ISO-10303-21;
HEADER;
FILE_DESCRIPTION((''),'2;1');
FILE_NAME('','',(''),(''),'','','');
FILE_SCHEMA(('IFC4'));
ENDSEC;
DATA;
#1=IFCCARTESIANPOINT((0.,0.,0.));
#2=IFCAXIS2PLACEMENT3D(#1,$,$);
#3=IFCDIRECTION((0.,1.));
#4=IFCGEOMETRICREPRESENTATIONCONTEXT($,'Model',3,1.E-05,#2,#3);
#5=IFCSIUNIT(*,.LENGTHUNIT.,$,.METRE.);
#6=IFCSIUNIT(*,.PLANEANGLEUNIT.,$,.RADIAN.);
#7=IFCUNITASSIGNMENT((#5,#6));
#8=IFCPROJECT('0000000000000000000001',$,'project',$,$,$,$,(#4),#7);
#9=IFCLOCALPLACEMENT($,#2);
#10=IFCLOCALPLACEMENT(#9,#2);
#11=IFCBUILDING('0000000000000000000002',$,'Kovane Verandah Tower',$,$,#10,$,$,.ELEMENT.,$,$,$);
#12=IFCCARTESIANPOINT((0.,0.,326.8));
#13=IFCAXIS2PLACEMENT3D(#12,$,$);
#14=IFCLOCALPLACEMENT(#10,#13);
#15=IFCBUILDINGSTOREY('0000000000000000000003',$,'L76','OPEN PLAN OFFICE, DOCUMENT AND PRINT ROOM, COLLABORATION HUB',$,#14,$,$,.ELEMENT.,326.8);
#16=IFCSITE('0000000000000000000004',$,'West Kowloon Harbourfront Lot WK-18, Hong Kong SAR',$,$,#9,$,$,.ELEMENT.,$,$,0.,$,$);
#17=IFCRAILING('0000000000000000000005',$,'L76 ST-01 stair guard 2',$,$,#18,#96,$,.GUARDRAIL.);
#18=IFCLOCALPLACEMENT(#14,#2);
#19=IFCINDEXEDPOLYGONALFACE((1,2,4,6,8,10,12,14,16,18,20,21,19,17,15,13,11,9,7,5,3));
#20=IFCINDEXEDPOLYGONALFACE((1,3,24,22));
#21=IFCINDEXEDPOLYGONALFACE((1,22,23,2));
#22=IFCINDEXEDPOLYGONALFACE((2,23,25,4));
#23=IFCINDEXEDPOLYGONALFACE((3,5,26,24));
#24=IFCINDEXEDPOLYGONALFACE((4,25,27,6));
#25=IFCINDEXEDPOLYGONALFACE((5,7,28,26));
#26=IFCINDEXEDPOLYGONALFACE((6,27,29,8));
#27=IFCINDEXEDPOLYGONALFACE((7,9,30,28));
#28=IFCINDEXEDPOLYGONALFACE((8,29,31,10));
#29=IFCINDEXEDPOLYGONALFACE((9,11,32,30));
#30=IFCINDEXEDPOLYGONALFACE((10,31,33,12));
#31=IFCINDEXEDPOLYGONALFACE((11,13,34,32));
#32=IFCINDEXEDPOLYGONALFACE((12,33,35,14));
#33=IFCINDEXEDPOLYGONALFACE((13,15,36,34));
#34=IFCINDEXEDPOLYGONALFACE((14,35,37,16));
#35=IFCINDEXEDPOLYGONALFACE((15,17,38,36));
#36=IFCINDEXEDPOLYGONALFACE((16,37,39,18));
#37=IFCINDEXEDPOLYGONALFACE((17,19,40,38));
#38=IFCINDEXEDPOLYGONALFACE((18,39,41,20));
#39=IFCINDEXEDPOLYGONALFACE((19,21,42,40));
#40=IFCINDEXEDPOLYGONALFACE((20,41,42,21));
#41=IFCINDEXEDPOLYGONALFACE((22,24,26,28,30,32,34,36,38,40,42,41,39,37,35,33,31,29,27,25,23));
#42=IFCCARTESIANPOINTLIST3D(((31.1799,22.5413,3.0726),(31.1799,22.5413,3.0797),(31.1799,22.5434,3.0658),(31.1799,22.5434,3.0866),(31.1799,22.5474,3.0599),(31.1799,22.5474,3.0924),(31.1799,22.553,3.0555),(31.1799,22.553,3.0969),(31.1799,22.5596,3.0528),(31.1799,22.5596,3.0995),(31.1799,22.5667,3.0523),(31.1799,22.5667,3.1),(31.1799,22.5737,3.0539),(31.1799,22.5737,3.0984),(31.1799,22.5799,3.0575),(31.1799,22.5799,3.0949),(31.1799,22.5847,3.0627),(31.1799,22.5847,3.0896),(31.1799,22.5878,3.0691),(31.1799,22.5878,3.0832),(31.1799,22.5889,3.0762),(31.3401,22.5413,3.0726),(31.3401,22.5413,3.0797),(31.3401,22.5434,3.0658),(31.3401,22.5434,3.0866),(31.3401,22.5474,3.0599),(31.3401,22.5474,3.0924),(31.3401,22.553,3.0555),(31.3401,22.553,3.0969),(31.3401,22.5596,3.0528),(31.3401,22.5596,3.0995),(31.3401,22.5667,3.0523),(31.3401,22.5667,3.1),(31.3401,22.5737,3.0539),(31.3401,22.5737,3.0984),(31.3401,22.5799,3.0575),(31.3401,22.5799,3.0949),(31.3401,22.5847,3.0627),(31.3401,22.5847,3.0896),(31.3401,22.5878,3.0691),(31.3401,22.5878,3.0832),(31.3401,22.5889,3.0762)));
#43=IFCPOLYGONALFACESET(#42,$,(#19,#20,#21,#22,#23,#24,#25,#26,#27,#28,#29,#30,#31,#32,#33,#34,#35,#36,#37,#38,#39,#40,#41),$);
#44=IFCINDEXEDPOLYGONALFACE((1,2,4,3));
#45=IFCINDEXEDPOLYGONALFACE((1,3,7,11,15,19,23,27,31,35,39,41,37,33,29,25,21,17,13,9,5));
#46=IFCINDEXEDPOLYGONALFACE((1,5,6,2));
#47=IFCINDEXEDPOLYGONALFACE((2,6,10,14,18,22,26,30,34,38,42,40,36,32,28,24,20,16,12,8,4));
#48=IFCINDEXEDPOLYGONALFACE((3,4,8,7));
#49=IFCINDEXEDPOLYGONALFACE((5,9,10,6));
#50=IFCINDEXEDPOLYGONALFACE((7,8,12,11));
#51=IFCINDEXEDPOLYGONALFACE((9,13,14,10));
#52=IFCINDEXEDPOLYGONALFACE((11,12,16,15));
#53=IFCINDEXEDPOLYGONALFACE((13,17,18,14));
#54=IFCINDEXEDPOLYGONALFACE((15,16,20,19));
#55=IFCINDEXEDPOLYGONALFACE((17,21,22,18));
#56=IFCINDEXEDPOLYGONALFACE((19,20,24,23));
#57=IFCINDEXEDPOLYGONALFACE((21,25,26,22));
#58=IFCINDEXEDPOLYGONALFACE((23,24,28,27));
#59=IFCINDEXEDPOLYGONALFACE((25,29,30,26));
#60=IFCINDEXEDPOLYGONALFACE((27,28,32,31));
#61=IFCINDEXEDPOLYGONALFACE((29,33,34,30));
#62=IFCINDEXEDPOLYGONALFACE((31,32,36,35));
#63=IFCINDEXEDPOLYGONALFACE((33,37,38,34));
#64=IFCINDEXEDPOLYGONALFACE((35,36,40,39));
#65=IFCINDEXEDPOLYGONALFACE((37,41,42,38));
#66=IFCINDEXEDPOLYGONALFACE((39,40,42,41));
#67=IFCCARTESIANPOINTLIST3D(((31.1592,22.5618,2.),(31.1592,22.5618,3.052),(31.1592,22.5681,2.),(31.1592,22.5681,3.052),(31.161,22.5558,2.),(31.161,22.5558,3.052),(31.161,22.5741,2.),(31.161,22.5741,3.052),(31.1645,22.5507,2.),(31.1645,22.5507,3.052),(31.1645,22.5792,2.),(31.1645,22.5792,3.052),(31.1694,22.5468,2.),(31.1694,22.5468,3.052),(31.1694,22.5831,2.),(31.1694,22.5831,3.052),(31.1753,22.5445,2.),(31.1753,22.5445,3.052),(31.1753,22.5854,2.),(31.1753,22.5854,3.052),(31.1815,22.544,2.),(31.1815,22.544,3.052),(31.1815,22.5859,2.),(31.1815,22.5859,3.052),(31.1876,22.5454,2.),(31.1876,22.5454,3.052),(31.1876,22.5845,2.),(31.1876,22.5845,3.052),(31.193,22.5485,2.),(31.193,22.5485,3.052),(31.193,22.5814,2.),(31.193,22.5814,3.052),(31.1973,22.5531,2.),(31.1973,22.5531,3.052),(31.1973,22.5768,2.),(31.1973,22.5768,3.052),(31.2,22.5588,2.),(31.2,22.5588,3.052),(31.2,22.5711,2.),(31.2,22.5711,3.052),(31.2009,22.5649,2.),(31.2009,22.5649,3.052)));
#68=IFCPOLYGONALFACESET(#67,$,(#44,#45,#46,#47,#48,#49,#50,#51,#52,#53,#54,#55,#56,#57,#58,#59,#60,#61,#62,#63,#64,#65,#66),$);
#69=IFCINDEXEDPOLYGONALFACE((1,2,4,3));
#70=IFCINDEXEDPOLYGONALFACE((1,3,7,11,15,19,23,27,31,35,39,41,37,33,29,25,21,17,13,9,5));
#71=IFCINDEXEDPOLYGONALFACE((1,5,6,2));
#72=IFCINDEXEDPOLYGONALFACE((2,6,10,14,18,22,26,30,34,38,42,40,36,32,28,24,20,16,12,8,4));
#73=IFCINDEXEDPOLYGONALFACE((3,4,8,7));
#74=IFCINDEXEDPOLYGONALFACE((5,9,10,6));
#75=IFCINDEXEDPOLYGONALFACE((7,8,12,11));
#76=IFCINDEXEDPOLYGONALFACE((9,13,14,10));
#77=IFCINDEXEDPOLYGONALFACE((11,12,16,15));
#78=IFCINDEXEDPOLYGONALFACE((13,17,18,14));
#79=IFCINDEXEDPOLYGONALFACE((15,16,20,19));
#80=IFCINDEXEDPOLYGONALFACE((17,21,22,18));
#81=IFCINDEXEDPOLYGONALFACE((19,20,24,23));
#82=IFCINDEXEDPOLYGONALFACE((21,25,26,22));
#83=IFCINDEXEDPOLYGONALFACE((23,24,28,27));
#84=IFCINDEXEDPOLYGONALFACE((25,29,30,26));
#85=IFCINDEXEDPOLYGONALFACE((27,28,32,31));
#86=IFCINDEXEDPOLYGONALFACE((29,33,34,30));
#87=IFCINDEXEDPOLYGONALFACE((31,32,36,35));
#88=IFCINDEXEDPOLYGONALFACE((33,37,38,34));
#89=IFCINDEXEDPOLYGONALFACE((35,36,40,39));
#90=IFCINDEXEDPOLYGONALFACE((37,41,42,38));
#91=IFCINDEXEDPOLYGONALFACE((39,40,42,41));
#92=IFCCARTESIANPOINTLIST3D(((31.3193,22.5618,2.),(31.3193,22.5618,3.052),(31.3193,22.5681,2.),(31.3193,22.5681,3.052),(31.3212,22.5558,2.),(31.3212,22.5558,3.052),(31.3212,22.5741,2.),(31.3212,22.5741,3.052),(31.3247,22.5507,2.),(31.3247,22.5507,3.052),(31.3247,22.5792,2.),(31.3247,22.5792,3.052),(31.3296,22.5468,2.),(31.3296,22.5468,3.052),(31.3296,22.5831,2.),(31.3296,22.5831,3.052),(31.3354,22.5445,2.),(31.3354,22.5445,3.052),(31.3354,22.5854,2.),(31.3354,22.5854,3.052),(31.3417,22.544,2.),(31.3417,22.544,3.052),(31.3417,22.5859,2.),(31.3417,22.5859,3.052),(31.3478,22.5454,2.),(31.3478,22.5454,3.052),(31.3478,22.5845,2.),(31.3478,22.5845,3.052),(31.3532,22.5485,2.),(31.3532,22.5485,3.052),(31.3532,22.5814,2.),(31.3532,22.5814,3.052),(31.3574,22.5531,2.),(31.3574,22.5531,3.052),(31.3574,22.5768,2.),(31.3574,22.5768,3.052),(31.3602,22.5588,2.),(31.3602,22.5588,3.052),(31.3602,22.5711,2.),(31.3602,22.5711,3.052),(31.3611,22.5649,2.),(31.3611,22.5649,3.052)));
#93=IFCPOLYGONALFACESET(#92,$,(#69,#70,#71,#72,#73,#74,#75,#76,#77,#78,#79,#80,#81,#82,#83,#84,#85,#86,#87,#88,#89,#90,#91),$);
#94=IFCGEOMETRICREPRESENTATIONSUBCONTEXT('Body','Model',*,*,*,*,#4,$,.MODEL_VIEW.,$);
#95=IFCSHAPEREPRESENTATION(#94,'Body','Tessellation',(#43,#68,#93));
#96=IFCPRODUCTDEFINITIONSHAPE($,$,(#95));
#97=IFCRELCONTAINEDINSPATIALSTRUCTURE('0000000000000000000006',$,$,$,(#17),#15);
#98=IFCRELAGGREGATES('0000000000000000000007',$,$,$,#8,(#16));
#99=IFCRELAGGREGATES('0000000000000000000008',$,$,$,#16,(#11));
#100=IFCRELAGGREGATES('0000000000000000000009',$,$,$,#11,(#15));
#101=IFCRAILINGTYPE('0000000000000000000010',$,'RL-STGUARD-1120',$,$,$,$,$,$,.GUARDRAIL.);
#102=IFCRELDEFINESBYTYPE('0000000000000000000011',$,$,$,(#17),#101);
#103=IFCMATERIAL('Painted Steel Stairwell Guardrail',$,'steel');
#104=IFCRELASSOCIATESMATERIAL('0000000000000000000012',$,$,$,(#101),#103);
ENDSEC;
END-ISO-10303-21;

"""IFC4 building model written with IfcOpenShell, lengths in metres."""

from ifc_helpers import new_model, si_unit, direction, frame, origin, origin_2d, place, context, subcontext, project, spatial, circle, extrude, material, type_object, element, save


model = new_model("IFC4")

# Units and contexts
model_context = context("Model", 3, precision=1e-05, world=origin(), true_north=direction((0.0, 1.0)))
body_context = subcontext(model_context, "Body", "Model", "MODEL_VIEW")
ifc_project = project(units=[si_unit("LENGTHUNIT", "METRE"), si_unit("PLANEANGLEUNIT", "RADIAN")], contexts=[model_context])

# Site, building, storey
site_placement = place(None, origin())
site = spatial("IfcSite", under=ifc_project, at=site_placement, Name="West Kowloon Harbourfront Lot WK-18, Hong Kong SAR", CompositionType="ELEMENT", RefElevation=0.0)
building_placement = place(site_placement, origin())
building = spatial("IfcBuilding", under=site, at=building_placement, Name="Kovane Verandah Tower", CompositionType="ELEMENT")
storey_placement = place(building_placement, frame((0.0, 0.0, 326.8)))
storey = spatial("IfcBuildingStorey", under=building, at=storey_placement, Name="L76", Description="OPEN PLAN OFFICE, DOCUMENT AND PRINT ROOM, COLLABORATION HUB", CompositionType="ELEMENT", Elevation=326.8)

# Railing
ifc_material_1 = material(Name="Painted Steel Stairwell Guardrail", Category="steel")
railing_type_1 = type_object("IfcRailingType", Name="RL-STGUARD-1120", PredefinedType="GUARDRAIL", material=ifc_material_1)
railing_1_placement = place(storey_placement, frame((31.1799, 22.5649, 2.0)))
element("IfcRailing", 1, at=railing_1_placement, inside=storey, type_object=railing_type_1, Name="L76 ST-01 stair guard 2", PredefinedType="GUARDRAIL", context=body_context, shape_type="SweptSolid", body=[
    extrude(circle(Radius=0.0239, at=origin_2d()), frame((0.0, 0.0, 1.0762), z_axis=(1.0, 0.0, 0.0), x_axis=(0.0, 1.0, 0.0)), (0.0, 0.0, 1.0), 0.1602),
    extrude(circle(Radius=0.021, at=origin_2d()), origin(), (0.0, 0.0, 1.0), 1.052),
    extrude(circle(Radius=0.021, at=origin_2d()), frame((0.1602, 0.0, 0.0)), (0.0, 0.0, 1.0), 1.052),
])

save(model, "model.ifc")
